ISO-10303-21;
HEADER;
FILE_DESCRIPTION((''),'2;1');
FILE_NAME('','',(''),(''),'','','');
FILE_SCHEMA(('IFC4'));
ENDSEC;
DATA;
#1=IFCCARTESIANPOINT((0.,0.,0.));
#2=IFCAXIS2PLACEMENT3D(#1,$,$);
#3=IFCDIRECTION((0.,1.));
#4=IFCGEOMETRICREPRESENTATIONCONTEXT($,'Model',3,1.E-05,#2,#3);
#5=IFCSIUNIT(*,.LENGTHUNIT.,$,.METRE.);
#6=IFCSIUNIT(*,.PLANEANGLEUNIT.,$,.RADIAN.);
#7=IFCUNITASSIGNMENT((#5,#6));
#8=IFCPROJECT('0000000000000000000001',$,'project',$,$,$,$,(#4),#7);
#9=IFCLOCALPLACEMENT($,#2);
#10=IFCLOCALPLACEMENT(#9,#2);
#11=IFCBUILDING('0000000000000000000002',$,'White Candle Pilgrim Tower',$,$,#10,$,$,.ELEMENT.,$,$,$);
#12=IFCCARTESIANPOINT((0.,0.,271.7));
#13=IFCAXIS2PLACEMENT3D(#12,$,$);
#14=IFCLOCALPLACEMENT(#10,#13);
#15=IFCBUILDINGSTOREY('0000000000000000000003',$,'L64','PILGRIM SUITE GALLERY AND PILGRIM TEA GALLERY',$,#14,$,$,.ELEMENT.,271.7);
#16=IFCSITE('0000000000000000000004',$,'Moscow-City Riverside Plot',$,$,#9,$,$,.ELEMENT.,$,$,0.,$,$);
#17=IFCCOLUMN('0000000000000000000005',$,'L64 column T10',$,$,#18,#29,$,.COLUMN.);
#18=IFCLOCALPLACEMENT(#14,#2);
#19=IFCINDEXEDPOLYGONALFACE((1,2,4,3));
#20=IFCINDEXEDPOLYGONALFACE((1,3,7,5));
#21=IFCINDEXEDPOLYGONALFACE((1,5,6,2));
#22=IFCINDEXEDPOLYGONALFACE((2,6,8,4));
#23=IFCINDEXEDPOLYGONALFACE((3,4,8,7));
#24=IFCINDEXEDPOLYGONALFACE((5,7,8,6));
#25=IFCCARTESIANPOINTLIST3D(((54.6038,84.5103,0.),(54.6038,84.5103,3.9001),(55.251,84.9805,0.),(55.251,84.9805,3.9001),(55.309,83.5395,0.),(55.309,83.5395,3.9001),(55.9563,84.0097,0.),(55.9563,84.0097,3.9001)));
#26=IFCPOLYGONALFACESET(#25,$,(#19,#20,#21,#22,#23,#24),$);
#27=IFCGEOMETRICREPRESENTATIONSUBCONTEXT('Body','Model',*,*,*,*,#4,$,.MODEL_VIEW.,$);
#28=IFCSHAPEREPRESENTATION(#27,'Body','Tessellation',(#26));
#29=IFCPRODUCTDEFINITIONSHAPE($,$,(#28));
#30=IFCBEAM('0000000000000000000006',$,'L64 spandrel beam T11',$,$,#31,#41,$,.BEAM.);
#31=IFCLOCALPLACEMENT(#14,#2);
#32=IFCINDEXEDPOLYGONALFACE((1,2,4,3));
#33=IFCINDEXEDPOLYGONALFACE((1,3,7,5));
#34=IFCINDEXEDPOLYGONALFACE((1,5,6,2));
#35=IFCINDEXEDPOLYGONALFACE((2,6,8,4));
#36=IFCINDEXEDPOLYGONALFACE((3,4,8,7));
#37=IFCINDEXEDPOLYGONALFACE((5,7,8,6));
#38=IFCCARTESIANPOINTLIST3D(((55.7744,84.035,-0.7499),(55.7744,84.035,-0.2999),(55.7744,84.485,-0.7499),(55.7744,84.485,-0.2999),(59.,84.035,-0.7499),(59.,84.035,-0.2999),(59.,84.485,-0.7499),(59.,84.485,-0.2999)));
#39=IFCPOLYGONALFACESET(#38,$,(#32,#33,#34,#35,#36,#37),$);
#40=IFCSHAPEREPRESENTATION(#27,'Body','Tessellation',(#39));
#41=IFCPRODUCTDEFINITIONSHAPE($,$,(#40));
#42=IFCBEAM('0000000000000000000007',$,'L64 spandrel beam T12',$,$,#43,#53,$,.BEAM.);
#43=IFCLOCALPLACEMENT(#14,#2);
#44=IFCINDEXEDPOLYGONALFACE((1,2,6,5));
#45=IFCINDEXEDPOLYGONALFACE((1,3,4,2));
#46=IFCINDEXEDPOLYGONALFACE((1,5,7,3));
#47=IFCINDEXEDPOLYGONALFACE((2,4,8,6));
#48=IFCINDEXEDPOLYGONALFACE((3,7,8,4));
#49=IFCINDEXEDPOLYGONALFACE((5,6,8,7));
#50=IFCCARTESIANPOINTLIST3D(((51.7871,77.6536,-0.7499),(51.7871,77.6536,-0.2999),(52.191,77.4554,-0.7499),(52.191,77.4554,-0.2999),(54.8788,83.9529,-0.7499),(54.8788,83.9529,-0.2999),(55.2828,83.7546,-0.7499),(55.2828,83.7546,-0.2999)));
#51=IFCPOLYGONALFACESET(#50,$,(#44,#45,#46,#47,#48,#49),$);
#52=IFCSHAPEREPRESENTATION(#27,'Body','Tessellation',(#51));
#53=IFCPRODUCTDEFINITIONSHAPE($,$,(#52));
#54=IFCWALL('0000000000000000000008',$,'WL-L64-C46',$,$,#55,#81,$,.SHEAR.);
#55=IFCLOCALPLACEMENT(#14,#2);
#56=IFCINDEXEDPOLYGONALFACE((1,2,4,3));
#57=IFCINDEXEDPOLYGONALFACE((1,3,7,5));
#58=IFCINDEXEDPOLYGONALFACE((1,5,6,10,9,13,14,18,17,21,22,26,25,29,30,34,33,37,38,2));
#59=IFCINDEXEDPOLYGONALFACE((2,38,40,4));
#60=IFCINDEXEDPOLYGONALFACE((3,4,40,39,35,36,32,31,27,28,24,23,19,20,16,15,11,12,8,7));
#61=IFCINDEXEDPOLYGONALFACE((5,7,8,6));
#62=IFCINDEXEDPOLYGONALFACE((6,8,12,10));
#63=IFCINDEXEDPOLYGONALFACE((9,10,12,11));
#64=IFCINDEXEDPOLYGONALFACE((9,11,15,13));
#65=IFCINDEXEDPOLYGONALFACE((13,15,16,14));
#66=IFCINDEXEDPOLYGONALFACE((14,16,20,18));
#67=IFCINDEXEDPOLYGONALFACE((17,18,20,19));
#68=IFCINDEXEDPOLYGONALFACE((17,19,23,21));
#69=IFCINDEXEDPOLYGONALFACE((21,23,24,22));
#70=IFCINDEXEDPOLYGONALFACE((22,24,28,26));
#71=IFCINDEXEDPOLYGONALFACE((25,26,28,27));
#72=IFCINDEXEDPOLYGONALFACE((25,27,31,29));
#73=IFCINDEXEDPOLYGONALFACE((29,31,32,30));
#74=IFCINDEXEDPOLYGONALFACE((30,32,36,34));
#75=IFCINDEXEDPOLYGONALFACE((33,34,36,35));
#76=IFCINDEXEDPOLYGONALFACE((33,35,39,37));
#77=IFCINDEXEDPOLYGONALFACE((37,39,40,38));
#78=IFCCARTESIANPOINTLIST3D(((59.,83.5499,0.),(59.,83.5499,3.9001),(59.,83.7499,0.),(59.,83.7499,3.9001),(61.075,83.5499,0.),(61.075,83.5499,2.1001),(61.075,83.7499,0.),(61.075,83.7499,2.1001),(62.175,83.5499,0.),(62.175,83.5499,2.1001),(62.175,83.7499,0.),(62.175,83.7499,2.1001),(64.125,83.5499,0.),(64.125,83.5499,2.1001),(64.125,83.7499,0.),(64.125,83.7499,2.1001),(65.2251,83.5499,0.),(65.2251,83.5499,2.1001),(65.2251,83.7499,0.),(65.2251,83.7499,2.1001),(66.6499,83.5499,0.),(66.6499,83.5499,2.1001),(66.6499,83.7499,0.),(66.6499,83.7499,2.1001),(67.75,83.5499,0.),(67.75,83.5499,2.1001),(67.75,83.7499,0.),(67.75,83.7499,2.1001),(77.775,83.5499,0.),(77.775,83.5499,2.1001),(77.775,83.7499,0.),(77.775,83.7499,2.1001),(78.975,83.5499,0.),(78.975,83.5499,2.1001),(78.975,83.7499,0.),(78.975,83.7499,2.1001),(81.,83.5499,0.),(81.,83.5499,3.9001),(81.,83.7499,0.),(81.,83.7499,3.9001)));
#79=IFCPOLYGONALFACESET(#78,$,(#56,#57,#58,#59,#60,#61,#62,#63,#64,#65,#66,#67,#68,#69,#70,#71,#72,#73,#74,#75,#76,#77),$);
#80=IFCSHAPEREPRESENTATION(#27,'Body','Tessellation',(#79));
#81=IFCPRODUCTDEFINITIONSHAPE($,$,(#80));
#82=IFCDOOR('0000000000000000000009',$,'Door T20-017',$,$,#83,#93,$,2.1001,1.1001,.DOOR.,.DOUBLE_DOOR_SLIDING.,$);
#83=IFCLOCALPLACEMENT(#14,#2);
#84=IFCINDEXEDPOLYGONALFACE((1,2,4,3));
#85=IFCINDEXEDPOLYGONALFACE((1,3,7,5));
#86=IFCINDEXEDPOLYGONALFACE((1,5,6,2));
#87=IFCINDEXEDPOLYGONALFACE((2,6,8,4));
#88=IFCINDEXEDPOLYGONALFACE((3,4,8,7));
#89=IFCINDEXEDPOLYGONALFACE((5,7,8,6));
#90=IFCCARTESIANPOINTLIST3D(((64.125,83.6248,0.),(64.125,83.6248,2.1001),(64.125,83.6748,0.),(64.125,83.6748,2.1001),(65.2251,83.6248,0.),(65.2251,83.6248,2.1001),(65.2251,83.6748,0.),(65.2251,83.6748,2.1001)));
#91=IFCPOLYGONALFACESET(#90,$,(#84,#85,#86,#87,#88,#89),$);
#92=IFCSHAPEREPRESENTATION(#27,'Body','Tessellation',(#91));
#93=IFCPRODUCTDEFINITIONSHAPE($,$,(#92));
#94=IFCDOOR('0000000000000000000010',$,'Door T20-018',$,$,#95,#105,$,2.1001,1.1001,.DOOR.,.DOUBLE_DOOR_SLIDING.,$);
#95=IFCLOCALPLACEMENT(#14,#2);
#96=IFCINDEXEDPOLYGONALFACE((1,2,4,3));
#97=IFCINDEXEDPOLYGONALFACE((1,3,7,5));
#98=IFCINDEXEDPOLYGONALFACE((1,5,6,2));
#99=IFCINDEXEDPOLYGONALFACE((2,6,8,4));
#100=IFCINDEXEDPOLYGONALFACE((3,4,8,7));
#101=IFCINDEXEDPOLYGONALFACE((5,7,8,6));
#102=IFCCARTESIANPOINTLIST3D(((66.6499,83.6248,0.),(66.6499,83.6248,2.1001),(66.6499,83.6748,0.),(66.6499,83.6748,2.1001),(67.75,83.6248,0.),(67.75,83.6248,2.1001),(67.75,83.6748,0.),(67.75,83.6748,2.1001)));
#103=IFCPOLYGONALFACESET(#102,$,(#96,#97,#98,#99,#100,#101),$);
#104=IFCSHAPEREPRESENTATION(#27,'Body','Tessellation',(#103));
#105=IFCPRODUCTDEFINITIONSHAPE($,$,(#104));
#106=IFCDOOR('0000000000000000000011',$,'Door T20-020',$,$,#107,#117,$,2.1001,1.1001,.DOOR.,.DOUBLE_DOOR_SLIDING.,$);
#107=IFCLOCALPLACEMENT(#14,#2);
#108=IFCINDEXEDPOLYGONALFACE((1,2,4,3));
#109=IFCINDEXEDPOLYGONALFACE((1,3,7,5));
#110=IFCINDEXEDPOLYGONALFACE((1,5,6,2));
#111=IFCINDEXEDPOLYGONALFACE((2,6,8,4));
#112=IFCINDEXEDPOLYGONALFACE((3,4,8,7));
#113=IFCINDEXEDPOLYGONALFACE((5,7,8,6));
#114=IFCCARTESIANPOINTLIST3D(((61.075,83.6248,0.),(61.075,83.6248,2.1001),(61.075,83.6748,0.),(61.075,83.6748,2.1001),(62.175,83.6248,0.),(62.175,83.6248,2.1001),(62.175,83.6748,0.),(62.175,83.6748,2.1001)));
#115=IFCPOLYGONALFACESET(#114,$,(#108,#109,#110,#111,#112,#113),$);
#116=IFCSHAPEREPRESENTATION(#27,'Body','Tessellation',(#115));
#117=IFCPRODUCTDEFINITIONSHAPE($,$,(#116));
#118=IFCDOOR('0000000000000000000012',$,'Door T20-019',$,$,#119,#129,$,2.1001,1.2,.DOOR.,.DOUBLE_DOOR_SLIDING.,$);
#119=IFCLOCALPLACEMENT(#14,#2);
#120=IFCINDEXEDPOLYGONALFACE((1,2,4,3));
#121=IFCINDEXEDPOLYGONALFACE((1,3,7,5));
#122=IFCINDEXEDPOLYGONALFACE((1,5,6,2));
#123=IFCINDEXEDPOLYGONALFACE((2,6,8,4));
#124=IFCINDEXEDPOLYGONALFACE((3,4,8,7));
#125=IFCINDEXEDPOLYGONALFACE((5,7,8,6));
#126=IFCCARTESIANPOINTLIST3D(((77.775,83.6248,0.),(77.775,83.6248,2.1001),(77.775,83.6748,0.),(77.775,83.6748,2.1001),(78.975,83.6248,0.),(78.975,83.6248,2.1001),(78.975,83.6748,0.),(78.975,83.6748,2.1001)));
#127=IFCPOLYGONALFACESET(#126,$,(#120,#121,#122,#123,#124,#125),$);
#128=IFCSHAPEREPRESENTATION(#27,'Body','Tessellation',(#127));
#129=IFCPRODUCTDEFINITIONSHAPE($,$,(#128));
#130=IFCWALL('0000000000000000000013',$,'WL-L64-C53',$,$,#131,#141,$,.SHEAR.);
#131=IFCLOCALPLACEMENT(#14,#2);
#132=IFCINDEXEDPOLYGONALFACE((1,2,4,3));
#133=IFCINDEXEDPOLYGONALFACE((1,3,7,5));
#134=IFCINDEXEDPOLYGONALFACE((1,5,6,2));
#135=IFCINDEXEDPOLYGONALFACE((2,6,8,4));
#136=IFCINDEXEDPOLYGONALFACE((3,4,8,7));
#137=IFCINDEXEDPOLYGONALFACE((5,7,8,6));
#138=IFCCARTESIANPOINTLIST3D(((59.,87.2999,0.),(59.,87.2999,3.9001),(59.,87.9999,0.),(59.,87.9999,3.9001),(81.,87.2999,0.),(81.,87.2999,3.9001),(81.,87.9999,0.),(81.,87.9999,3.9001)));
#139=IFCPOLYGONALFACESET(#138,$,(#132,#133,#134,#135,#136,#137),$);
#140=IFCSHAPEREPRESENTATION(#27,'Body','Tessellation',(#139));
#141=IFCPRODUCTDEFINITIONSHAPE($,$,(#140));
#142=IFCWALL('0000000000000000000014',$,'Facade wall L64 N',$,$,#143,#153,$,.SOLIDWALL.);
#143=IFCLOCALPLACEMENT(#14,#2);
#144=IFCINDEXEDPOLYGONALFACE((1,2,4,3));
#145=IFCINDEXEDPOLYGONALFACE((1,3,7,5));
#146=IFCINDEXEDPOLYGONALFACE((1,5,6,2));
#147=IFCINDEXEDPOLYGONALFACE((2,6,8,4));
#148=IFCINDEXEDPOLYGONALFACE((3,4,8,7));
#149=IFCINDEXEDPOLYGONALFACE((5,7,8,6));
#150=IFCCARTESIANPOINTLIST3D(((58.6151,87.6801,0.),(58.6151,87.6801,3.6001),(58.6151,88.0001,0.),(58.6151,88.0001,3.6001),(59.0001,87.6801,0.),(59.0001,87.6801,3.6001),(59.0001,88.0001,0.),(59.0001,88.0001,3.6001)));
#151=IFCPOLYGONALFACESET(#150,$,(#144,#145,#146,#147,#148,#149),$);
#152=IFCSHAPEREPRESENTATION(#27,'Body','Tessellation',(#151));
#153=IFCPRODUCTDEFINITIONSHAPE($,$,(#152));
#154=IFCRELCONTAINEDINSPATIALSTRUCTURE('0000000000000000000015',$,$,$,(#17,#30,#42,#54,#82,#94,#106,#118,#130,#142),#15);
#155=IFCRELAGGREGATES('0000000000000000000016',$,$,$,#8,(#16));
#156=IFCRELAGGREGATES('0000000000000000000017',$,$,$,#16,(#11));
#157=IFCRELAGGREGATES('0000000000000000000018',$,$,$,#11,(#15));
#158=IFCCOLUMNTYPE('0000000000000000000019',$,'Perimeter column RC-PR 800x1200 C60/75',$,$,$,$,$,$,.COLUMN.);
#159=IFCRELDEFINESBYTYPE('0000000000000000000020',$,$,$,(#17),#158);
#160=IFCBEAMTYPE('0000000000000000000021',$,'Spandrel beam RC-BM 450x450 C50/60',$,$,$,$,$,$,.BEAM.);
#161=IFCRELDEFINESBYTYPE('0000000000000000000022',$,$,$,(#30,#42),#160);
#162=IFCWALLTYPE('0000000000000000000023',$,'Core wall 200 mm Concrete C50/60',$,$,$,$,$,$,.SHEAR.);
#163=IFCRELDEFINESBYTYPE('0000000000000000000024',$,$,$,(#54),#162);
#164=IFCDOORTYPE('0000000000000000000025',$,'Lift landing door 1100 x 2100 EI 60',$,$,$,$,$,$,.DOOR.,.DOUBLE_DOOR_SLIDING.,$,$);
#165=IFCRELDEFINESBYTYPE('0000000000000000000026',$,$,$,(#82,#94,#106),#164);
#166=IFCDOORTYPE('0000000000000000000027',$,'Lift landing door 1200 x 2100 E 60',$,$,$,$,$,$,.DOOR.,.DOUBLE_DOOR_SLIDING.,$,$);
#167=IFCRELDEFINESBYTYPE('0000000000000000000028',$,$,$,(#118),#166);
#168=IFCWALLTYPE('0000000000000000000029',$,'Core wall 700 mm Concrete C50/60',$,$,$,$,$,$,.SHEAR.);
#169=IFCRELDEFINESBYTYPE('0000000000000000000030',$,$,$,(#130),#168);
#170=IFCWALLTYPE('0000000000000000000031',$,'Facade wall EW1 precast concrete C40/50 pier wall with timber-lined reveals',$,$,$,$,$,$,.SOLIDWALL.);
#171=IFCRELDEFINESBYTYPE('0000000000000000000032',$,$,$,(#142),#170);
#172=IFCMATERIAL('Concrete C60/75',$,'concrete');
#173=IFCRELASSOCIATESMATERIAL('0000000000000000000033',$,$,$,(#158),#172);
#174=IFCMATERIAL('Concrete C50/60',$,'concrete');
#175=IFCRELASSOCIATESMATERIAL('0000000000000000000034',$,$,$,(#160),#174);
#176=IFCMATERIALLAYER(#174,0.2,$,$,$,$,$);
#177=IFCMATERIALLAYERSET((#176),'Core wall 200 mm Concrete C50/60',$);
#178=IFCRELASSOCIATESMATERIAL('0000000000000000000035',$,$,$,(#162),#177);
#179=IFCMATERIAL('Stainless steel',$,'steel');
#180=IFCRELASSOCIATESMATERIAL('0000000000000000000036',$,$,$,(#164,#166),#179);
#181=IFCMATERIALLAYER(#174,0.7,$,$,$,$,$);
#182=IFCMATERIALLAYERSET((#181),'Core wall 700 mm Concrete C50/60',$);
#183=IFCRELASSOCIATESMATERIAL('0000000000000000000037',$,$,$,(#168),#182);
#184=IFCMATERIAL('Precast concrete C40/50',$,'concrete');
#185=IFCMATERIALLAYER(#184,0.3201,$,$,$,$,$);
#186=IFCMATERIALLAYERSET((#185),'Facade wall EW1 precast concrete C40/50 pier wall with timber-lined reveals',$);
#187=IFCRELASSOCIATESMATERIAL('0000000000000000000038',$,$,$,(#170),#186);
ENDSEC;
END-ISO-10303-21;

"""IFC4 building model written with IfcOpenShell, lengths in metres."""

from ifc_helpers import new_model, si_unit, direction, frame, frame_2d, origin, origin_2d, place, context, subcontext, project, spatial, rectangle, extrude, material, layer, layer_set, material_profile, profile_set, type_object, element, fill, save


model = new_model("IFC4")

# Units and contexts
model_context = context("Model", 3, precision=1e-05, world=origin(), true_north=direction((0.0, 1.0)))
body_context = subcontext(model_context, "Body", "Model", "MODEL_VIEW")
ifc_project = project(units=[si_unit("LENGTHUNIT", "METRE"), si_unit("PLANEANGLEUNIT", "RADIAN")], contexts=[model_context])

# Site, building, storey
site_placement = place(None, origin())
site = spatial("IfcSite", under=ifc_project, at=site_placement, Name="Moscow-City Riverside Plot", CompositionType="ELEMENT", RefElevation=0.0)
building_placement = place(site_placement, origin())
building = spatial("IfcBuilding", under=site, at=building_placement, Name="White Candle Pilgrim Tower", CompositionType="ELEMENT")
storey_placement = place(building_placement, frame((0.0, 0.0, 271.7)))
storey = spatial("IfcBuildingStorey", under=building, at=storey_placement, Name="L64", Description="PILGRIM SUITE GALLERY AND PILGRIM TEA GALLERY", CompositionType="ELEMENT", Elevation=271.7)

# Column
ifc_material_1 = material(Name="Concrete C60/75", Category="concrete")
ifc_material_profile_1 = material_profile(ifc_material_1, rectangle(XDim=0.8, YDim=1.2, at=origin_2d()), Name="RC-PR 800x1200")
ifc_profile_set_1 = profile_set([ifc_material_profile_1], Name="Concrete C60/75")
column_type = type_object("IfcColumnType", Name="Perimeter column RC-PR 800x1200 C60/75", PredefinedType="COLUMN", material=ifc_profile_set_1)
column_placement = place(storey_placement, frame((55.28, 84.26, 0.0), z_axis=(0.0, 0.0, 1.0), x_axis=(0.809027, 0.587771, 0.0)))
element("IfcColumn", 1, at=column_placement, inside=storey, type_object=column_type, Name="L64 column T10", PredefinedType="COLUMN", context=body_context, shape_type="SweptSolid", body=[
    extrude(rectangle(XDim=0.8, YDim=1.2, at=origin_2d()), origin(), (0.0, 0.0, 1.0), 3.9001),
])

# Beams
ifc_material_2 = material(Name="Concrete C50/60", Category="concrete")
ifc_material_profile_2 = material_profile(ifc_material_2, rectangle(XDim=0.45, YDim=0.45, at=origin_2d()), Name="RC-BM 450x450")
ifc_profile_set_2 = profile_set([ifc_material_profile_2], Name="Concrete C50/60")
beam_type = type_object("IfcBeamType", Name="Spandrel beam RC-BM 450x450 C50/60", PredefinedType="BEAM", material=ifc_profile_set_2)
beam_1_placement = place(storey_placement, frame((55.7744, 84.26, -0.5249), z_axis=(1.0, 0.0, 0.0), x_axis=(0.0, 1.0, 0.0)))
element("IfcBeam", 2, at=beam_1_placement, inside=storey, type_object=beam_type, Name="L64 spandrel beam T11", PredefinedType="BEAM", context=body_context, shape_type="SweptSolid", body=[
    extrude(rectangle(XDim=0.45, YDim=0.45, at=origin_2d()), origin(), (0.0, 0.0, 1.0), 3.2256),
])
beam_2_placement = place(storey_placement, frame((55.0808, 83.8538, -0.5249), z_axis=(-0.440605, -0.897701, 0.0), x_axis=(0.897701, -0.440605, 0.0)))
element("IfcBeam", 3, at=beam_2_placement, inside=storey, type_object=beam_type, Name="L64 spandrel beam T12", PredefinedType="BEAM", context=body_context, shape_type="SweptSolid", body=[
    extrude(rectangle(XDim=0.45, YDim=0.45, at=origin_2d()), origin(), (0.0, 0.0, 1.0), 7.0171),
])

# Wall, openings, doors
ifc_layer_1 = layer(ifc_material_2, 0.2)
ifc_layer_set_1 = layer_set([ifc_layer_1], Name="Core wall 200 mm Concrete C50/60")
wall_type_1 = type_object("IfcWallType", Name="Core wall 200 mm Concrete C50/60", PredefinedType="SHEAR", material=ifc_layer_set_1)
wall_1_placement = place(storey_placement, frame((59.0, 83.6499, 0.0), z_axis=(0.0, 0.0, 1.0), x_axis=(1.0, 0.0, 0.0)))
wall_1 = element("IfcWall", 4, at=wall_1_placement, inside=storey, type_object=wall_type_1, Name="WL-L64-C46", PredefinedType="SHEAR", context=body_context, shape_type="SweptSolid", body=[
    extrude(rectangle(XDim=22.0, YDim=0.2, at=frame_2d((11.0, 0.0))), origin(), (0.0, 0.0, 1.0), 3.9001),
])
opening_1_placement = place(wall_1_placement, frame((5.125, 0.0, 0.0)))
opening_1 = element("IfcOpeningElement", 5, at=opening_1_placement, cuts=wall_1, PredefinedType="OPENING", context=body_context, shape_type="SweptSolid", body=[
    extrude(rectangle(XDim=1.1001, YDim=2.1001, at=frame_2d((0.55, 1.05))), frame((0.0, 0.1099, 0.0), z_axis=(0.0, -1.0, 0.0), x_axis=(1.0, 0.0, 0.0)), (0.0, 0.0, 1.0), 0.22),
])
opening_2_placement = place(wall_1_placement, frame((7.6499, 0.0, 0.0)))
opening_2 = element("IfcOpeningElement", 6, at=opening_2_placement, cuts=wall_1, PredefinedType="OPENING", context=body_context, shape_type="SweptSolid", body=[
    extrude(rectangle(XDim=1.1001, YDim=2.1001, at=frame_2d((0.55, 1.05))), frame((0.0, 0.1099, 0.0), z_axis=(0.0, -1.0, 0.0), x_axis=(1.0, 0.0, 0.0)), (0.0, 0.0, 1.0), 0.22),
])
opening_3_placement = place(wall_1_placement, frame((18.7749, 0.0, 0.0)))
opening_3 = element("IfcOpeningElement", 7, at=opening_3_placement, cuts=wall_1, PredefinedType="OPENING", context=body_context, shape_type="SweptSolid", body=[
    extrude(rectangle(XDim=1.2, YDim=2.1001, at=frame_2d((0.6001, 1.05))), frame((0.0, 0.1099, 0.0), z_axis=(0.0, -1.0, 0.0), x_axis=(1.0, 0.0, 0.0)), (0.0, 0.0, 1.0), 0.22),
])
opening_4_placement = place(wall_1_placement, frame((2.075, 0.0, 0.0)))
opening_4 = element("IfcOpeningElement", 8, at=opening_4_placement, cuts=wall_1, PredefinedType="OPENING", context=body_context, shape_type="SweptSolid", body=[
    extrude(rectangle(XDim=1.1001, YDim=2.1001, at=frame_2d((0.55, 1.05))), frame((0.0, 0.1099, 0.0), z_axis=(0.0, -1.0, 0.0), x_axis=(1.0, 0.0, 0.0)), (0.0, 0.0, 1.0), 0.22),
])
ifc_material_3 = material(Name="Stainless steel", Category="steel")
door_type_1 = type_object("IfcDoorType", Name="Lift landing door 1100 x 2100 EI 60", OperationType="DOUBLE_DOOR_SLIDING", PredefinedType="DOOR", material=ifc_material_3)
door_1_placement = place(opening_1_placement, origin())
door_1 = element("IfcDoor", 9, at=door_1_placement, inside=storey, type_object=door_type_1, Name="Door T20-017", OperationType="DOUBLE_DOOR_SLIDING", OverallHeight=2.1001, OverallWidth=1.1001, PredefinedType="DOOR", context=body_context, shape_type="SweptSolid", body=[
    extrude(rectangle(XDim=1.1001, YDim=2.1001, at=frame_2d((0.55, 1.05))), frame((0.0, 0.0249, 0.0), z_axis=(0.0, -1.0, 0.0), x_axis=(1.0, 0.0, 0.0)), (0.0, 0.0, 1.0), 0.05),
])
fill(opening_1, door_1)
door_2_placement = place(opening_2_placement, origin())
door_2 = element("IfcDoor", 10, at=door_2_placement, inside=storey, type_object=door_type_1, Name="Door T20-018", OperationType="DOUBLE_DOOR_SLIDING", OverallHeight=2.1001, OverallWidth=1.1001, PredefinedType="DOOR", context=body_context, shape_type="SweptSolid", body=[
    extrude(rectangle(XDim=1.1001, YDim=2.1001, at=frame_2d((0.55, 1.05))), frame((0.0, 0.0249, 0.0), z_axis=(0.0, -1.0, 0.0), x_axis=(1.0, 0.0, 0.0)), (0.0, 0.0, 1.0), 0.05),
])
fill(opening_2, door_2)
door_3_placement = place(opening_4_placement, origin())
door_3 = element("IfcDoor", 11, at=door_3_placement, inside=storey, type_object=door_type_1, Name="Door T20-020", OperationType="DOUBLE_DOOR_SLIDING", OverallHeight=2.1001, OverallWidth=1.1001, PredefinedType="DOOR", context=body_context, shape_type="SweptSolid", body=[
    extrude(rectangle(XDim=1.1001, YDim=2.1001, at=frame_2d((0.55, 1.05))), frame((0.0, 0.0249, 0.0), z_axis=(0.0, -1.0, 0.0), x_axis=(1.0, 0.0, 0.0)), (0.0, 0.0, 1.0), 0.05),
])
fill(opening_4, door_3)
door_type_2 = type_object("IfcDoorType", Name="Lift landing door 1200 x 2100 E 60", OperationType="DOUBLE_DOOR_SLIDING", PredefinedType="DOOR", material=ifc_material_3)
door_4_placement = place(opening_3_placement, origin())
door_4 = element("IfcDoor", 12, at=door_4_placement, inside=storey, type_object=door_type_2, Name="Door T20-019", OperationType="DOUBLE_DOOR_SLIDING", OverallHeight=2.1001, OverallWidth=1.2, PredefinedType="DOOR", context=body_context, shape_type="SweptSolid", body=[
    extrude(rectangle(XDim=1.2, YDim=2.1001, at=frame_2d((0.6001, 1.05))), frame((0.0, 0.0249, 0.0), z_axis=(0.0, -1.0, 0.0), x_axis=(1.0, 0.0, 0.0)), (0.0, 0.0, 1.0), 0.05),
])
fill(opening_3, door_4)

# Walls
ifc_layer_2 = layer(ifc_material_2, 0.7)
ifc_layer_set_2 = layer_set([ifc_layer_2], Name="Core wall 700 mm Concrete C50/60")
wall_type_2 = type_object("IfcWallType", Name="Core wall 700 mm Concrete C50/60", PredefinedType="SHEAR", material=ifc_layer_set_2)
wall_2_placement = place(storey_placement, frame((59.0, 87.6499, 0.0), z_axis=(0.0, 0.0, 1.0), x_axis=(1.0, 0.0, 0.0)))
element("IfcWall", 13, at=wall_2_placement, inside=storey, type_object=wall_type_2, Name="WL-L64-C53", PredefinedType="SHEAR", context=body_context, shape_type="SweptSolid", body=[
    extrude(rectangle(XDim=22.0, YDim=0.7, at=frame_2d((11.0, 0.0))), origin(), (0.0, 0.0, 1.0), 3.9001),
])
ifc_material_4 = material(Name="Precast concrete C40/50", Category="concrete")
ifc_layer_3 = layer(ifc_material_4, 0.3201)
ifc_layer_set_3 = layer_set([ifc_layer_3], Name="Facade wall EW1 precast concrete C40/50 pier wall with timber-lined reveals")
wall_type_3 = type_object("IfcWallType", Name="Facade wall EW1 precast concrete C40/50 pier wall with timber-lined reveals", PredefinedType="SOLIDWALL", material=ifc_layer_set_3)
wall_3_placement = place(storey_placement, frame((59.0, 87.8401, 0.0), z_axis=(0.0, 0.0, 1.0), x_axis=(-1.0, 0.0, 0.0)))
element("IfcWall", 14, at=wall_3_placement, inside=storey, type_object=wall_type_3, Name="Facade wall L64 N", PredefinedType="SOLIDWALL", context=body_context, shape_type="SweptSolid", body=[
    extrude(rectangle(XDim=0.385, YDim=0.3201, at=frame_2d((0.1924, 0.0))), origin(), (0.0, 0.0, 1.0), 3.6001),
])

save(model, "model.ifc")
